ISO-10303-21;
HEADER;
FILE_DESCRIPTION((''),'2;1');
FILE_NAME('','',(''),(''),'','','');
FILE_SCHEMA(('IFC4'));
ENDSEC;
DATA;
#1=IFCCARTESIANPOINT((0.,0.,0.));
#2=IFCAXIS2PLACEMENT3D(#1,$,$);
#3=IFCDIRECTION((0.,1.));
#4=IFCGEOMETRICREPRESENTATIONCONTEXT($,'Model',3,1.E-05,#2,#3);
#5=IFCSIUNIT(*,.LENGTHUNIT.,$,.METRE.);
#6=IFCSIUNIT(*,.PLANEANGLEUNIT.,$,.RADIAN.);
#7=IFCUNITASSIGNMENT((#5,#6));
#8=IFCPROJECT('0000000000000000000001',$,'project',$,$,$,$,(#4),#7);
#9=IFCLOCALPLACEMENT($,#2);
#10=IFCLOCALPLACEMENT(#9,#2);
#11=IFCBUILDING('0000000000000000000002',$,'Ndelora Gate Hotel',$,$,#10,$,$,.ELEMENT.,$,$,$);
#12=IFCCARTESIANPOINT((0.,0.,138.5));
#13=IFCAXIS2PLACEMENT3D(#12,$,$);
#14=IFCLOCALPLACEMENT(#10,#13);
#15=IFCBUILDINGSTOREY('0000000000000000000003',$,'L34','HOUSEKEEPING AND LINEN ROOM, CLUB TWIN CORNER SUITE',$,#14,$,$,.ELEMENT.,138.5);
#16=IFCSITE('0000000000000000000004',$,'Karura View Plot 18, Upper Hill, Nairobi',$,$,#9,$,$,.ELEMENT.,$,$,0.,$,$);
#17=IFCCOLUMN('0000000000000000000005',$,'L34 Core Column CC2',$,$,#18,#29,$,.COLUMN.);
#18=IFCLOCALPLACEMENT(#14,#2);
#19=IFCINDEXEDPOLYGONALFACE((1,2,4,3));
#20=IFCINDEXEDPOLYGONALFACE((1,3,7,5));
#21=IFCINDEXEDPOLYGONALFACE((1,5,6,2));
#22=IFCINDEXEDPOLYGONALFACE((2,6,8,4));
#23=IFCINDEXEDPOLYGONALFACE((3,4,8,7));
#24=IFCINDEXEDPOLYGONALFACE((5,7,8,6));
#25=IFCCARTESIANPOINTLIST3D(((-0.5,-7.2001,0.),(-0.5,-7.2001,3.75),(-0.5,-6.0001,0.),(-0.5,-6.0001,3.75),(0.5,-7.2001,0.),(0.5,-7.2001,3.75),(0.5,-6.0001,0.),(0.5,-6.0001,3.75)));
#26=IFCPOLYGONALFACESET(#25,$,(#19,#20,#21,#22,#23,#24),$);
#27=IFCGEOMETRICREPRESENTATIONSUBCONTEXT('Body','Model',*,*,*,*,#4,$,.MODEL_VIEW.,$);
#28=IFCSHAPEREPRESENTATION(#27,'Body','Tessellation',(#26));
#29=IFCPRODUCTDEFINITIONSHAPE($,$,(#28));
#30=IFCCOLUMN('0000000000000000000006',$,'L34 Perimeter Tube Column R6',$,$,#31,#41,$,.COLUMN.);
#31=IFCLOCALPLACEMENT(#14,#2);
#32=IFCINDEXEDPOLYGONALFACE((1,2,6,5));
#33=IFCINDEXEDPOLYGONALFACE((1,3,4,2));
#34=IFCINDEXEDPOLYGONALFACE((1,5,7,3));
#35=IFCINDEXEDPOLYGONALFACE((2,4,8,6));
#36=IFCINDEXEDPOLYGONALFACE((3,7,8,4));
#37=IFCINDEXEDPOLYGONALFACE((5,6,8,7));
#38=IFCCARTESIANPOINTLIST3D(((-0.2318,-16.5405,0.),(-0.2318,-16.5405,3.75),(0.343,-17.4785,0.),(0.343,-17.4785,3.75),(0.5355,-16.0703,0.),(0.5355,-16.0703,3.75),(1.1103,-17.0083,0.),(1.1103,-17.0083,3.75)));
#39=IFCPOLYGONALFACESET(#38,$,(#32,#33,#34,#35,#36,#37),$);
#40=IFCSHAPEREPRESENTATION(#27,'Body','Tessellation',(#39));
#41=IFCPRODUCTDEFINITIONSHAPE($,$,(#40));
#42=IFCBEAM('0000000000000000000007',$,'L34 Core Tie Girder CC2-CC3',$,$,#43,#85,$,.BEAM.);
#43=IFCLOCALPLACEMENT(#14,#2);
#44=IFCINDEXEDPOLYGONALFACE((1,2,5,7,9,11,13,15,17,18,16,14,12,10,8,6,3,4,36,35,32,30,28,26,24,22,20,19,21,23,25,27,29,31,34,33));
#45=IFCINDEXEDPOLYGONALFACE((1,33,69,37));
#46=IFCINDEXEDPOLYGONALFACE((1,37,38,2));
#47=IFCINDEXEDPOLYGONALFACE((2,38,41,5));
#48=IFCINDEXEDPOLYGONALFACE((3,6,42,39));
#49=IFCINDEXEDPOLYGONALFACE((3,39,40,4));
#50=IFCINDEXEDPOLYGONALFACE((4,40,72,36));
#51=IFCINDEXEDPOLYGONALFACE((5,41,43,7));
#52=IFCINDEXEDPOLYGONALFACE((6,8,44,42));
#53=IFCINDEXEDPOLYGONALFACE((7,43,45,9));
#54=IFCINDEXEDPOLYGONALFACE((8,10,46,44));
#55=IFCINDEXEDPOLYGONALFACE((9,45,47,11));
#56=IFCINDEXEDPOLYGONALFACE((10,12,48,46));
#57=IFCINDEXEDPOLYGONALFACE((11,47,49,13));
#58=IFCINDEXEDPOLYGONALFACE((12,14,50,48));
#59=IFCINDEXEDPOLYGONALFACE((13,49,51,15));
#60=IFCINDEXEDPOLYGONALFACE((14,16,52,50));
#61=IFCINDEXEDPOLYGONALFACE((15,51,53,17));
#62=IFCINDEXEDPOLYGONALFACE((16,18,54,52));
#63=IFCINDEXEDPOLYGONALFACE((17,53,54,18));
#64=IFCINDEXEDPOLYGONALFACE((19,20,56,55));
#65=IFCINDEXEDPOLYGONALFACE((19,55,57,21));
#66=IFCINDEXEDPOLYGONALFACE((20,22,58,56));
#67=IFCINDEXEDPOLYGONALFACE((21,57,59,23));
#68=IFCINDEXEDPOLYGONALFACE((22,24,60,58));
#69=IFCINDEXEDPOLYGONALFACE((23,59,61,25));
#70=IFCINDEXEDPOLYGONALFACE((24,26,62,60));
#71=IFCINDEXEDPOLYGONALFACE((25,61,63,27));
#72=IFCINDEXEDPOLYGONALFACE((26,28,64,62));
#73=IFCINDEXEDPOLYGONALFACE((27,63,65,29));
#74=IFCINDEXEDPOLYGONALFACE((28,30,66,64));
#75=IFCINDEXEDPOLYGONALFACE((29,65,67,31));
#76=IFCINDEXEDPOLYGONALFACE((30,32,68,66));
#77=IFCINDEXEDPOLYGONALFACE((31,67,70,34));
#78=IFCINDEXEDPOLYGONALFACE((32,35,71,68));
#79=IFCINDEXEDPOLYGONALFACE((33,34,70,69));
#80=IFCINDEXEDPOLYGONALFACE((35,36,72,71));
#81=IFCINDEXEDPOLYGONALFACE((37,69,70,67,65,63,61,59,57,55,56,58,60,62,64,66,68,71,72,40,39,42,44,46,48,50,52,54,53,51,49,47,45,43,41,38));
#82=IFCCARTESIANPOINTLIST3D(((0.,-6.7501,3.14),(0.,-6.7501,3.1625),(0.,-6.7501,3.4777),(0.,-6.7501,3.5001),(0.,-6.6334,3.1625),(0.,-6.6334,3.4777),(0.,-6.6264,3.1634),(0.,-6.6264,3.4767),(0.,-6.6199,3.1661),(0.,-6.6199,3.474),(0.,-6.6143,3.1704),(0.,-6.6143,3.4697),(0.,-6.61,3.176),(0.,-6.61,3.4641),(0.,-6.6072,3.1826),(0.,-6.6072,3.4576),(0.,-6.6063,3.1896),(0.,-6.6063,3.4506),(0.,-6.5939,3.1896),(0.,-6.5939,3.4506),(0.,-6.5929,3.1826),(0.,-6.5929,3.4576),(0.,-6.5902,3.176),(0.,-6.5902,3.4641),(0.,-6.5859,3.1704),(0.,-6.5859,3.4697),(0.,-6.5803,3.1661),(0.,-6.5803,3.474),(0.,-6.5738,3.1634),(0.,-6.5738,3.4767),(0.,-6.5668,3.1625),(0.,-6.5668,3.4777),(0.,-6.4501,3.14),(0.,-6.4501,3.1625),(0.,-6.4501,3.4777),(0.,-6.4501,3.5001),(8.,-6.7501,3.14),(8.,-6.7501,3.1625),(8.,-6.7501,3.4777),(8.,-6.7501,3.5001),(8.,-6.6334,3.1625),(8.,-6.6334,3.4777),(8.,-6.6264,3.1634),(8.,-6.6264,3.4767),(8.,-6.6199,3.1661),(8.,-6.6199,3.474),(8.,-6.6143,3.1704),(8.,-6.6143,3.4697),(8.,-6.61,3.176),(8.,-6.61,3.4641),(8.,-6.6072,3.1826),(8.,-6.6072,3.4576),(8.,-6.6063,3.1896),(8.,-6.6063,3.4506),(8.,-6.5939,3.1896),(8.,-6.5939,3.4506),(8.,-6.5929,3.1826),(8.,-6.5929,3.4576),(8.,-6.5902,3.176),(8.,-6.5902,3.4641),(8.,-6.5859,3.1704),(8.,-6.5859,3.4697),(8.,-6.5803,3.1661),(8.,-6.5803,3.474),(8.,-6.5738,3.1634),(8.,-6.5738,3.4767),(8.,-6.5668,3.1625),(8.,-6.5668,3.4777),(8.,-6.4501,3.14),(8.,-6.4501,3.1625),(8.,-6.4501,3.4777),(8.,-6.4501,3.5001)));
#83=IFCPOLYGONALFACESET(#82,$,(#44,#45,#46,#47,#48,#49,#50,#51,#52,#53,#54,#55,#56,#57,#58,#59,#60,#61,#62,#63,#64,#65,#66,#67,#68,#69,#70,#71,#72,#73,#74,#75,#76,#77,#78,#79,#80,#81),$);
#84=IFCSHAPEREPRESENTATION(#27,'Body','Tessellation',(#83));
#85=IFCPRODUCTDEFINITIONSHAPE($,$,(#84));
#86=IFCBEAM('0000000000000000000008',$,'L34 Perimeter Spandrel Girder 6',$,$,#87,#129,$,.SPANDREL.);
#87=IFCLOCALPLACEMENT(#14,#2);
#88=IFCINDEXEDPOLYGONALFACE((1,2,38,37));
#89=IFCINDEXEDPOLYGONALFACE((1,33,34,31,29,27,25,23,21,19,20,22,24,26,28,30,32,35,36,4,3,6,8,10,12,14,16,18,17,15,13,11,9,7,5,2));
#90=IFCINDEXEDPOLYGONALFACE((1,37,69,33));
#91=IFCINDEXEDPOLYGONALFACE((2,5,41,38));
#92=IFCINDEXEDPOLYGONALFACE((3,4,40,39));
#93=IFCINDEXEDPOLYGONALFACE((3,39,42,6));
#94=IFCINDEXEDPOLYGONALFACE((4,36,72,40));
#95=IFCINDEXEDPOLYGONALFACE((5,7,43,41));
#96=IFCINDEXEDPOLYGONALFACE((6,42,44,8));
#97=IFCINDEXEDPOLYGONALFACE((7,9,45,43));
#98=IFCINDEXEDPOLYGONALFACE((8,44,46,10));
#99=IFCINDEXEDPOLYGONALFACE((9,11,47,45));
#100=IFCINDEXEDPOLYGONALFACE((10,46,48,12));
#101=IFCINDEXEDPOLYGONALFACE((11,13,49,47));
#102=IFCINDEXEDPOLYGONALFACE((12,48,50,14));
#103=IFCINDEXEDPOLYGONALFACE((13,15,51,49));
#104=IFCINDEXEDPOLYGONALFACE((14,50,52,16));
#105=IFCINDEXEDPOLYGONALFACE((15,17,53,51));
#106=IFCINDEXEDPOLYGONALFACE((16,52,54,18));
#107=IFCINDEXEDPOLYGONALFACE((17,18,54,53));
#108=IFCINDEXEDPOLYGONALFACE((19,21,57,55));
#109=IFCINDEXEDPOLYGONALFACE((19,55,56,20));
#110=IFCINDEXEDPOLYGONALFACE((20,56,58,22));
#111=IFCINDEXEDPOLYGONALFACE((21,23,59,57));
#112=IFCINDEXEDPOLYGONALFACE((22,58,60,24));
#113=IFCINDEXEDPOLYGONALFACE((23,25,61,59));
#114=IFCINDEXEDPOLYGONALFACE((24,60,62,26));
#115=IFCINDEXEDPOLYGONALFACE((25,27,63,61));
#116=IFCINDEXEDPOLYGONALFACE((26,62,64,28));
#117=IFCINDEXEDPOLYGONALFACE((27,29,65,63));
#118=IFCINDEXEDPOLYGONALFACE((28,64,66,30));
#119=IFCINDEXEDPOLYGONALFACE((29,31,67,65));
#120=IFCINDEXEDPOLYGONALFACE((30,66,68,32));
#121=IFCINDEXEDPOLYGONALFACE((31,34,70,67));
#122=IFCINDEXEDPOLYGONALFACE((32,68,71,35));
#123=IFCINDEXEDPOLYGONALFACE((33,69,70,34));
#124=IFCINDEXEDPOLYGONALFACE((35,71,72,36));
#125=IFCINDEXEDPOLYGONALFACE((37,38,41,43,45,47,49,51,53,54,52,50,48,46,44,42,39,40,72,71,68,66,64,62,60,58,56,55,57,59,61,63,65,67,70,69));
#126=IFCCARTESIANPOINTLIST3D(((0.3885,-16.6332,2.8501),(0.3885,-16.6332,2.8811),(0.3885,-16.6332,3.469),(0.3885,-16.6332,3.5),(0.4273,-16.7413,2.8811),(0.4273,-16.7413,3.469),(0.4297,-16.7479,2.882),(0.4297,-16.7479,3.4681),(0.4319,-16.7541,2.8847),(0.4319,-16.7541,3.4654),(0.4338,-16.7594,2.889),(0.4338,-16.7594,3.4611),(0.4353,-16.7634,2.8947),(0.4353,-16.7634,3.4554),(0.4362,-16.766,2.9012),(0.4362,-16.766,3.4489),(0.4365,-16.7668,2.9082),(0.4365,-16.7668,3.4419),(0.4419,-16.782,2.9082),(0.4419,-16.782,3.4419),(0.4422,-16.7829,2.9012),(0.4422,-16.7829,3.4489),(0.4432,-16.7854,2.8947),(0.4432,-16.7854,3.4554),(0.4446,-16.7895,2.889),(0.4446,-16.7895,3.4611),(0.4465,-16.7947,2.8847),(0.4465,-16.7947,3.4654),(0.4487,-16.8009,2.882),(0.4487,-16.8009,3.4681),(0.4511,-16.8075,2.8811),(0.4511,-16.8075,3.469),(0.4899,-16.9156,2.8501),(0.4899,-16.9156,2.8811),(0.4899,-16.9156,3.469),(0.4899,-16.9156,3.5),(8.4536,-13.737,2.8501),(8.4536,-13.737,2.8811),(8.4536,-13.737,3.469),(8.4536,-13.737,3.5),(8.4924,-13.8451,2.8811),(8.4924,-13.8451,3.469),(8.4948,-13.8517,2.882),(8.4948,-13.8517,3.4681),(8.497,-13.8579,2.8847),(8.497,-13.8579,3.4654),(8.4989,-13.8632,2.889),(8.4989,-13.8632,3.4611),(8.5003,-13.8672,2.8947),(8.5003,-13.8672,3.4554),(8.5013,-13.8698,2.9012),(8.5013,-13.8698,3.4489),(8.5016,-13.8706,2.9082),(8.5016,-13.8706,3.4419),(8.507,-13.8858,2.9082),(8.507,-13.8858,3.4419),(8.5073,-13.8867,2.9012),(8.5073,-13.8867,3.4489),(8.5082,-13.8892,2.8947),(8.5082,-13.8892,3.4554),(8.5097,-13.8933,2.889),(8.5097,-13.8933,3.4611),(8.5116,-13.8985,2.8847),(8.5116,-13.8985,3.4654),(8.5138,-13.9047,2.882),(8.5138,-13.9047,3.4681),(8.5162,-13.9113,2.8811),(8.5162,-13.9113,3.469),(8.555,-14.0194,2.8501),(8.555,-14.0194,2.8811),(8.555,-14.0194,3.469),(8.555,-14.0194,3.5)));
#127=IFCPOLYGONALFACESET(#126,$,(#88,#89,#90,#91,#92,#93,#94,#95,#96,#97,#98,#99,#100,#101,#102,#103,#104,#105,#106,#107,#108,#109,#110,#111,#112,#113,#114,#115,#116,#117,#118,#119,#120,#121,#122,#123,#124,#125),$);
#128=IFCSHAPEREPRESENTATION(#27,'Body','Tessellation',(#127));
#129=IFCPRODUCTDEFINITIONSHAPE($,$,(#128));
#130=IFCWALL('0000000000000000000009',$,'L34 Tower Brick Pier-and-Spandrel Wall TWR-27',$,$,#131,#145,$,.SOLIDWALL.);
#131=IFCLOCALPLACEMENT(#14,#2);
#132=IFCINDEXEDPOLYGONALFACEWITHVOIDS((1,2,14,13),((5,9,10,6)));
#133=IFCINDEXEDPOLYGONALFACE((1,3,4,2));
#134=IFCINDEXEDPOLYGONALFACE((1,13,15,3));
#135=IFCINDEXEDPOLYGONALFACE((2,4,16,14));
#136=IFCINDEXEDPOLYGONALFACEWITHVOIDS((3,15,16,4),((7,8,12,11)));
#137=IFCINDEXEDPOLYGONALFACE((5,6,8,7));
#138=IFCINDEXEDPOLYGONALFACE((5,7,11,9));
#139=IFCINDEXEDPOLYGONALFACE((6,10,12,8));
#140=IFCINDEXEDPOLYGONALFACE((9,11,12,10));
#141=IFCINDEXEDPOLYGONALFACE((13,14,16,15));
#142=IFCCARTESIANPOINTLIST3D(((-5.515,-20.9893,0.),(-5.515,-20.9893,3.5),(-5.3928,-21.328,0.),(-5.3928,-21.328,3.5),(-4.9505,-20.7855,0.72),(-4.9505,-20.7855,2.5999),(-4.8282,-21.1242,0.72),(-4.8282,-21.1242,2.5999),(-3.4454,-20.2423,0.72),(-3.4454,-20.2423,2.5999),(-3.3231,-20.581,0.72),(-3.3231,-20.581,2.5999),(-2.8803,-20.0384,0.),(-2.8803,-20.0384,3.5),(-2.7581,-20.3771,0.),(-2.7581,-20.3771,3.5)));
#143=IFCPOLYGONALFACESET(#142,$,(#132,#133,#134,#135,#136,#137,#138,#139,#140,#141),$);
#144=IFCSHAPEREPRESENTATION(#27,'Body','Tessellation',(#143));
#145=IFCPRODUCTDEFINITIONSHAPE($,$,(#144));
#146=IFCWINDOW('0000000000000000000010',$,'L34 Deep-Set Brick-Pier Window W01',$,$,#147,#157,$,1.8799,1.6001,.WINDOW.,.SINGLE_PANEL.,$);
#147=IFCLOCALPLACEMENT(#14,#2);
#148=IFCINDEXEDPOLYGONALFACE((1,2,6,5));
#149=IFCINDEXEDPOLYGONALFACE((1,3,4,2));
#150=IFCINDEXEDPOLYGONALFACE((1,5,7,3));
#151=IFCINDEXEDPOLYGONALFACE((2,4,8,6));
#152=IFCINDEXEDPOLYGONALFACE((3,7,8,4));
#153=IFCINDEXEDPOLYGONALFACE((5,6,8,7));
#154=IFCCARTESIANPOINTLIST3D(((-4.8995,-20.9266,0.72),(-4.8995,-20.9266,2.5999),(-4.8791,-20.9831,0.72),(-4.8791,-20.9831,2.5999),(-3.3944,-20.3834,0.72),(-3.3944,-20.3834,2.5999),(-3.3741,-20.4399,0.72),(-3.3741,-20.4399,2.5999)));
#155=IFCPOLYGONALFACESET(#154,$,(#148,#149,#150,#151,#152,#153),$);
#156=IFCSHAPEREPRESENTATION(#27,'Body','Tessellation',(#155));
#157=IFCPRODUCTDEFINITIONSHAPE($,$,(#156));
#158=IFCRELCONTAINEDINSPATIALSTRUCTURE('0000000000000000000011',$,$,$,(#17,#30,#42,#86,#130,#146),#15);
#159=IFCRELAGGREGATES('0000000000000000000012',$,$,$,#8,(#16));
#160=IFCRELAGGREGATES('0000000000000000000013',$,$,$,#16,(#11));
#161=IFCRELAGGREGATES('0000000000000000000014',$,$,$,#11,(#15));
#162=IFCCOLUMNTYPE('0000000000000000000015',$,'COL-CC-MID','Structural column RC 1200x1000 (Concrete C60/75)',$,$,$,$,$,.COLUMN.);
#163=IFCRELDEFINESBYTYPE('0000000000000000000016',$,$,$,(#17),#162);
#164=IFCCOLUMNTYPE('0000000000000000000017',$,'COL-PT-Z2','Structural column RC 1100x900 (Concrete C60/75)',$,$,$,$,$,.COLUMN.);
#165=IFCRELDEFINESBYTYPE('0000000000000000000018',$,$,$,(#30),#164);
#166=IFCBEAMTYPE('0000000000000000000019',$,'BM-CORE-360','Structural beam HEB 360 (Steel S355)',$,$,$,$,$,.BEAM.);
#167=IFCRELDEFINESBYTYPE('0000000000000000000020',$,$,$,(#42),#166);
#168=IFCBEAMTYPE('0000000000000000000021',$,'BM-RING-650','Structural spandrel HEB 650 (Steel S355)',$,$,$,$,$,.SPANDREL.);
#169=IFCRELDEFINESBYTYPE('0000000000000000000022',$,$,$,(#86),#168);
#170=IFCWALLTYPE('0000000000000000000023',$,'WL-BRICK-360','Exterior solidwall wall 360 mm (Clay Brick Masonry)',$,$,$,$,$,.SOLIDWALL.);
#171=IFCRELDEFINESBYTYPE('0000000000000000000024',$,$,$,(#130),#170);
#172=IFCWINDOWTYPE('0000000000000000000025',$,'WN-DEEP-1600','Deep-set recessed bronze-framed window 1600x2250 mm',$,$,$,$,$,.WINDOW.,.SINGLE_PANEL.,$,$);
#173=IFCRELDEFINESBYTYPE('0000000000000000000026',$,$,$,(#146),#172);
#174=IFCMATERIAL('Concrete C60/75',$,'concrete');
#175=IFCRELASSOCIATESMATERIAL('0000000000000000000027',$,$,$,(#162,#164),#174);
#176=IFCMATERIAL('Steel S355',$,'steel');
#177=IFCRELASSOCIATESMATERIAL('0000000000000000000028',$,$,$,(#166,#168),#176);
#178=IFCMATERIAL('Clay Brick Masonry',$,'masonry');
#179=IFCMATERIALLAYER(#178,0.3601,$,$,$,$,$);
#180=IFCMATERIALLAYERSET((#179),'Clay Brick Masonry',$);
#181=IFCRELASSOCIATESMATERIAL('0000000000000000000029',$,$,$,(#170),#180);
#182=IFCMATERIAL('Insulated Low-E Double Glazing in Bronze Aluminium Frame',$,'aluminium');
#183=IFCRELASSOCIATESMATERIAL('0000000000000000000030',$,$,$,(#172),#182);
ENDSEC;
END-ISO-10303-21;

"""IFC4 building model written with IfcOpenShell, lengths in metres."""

from ifc_helpers import new_model, si_unit, direction, frame, frame_2d, origin, origin_2d, place, context, subcontext, project, spatial, rectangle, i_section, extrude, material, layer, layer_set, material_profile, profile_set, type_object, element, fill, save


model = new_model("IFC4")

# Units and contexts
model_context = context("Model", 3, precision=1e-05, world=origin(), true_north=direction((0.0, 1.0)))
body_context = subcontext(model_context, "Body", "Model", "MODEL_VIEW")
ifc_project = project(units=[si_unit("LENGTHUNIT", "METRE"), si_unit("PLANEANGLEUNIT", "RADIAN")], contexts=[model_context])

# Site, building, storey
site_placement = place(None, origin())
site = spatial("IfcSite", under=ifc_project, at=site_placement, Name="Karura View Plot 18, Upper Hill, Nairobi", CompositionType="ELEMENT", RefElevation=0.0)
building_placement = place(site_placement, origin())
building = spatial("IfcBuilding", under=site, at=building_placement, Name="Ndelora Gate Hotel", CompositionType="ELEMENT")
storey_placement = place(building_placement, frame((0.0, 0.0, 138.5)))
storey = spatial("IfcBuildingStorey", under=building, at=storey_placement, Name="L34", Description="HOUSEKEEPING AND LINEN ROOM, CLUB TWIN CORNER SUITE", CompositionType="ELEMENT", Elevation=138.5)

# Columns
ifc_material_1 = material(Name="Concrete C60/75", Category="concrete")
ifc_material_profile_1 = material_profile(ifc_material_1, rectangle(XDim=1.0, YDim=1.2, at=origin_2d()), Name="RC 1200x1000")
ifc_profile_set_1 = profile_set([ifc_material_profile_1], Name="Concrete C60/75")
column_type_1 = type_object("IfcColumnType", Name="COL-CC-MID", Description="Structural column RC 1200x1000 (Concrete C60/75)", PredefinedType="COLUMN", material=ifc_profile_set_1)
column_1_placement = place(storey_placement, frame((0.0, -6.6001, 0.0), z_axis=(0.0, 0.0, 1.0), x_axis=(1.0, 0.0, 0.0)))
element("IfcColumn", 1, at=column_1_placement, inside=storey, type_object=column_type_1, Name="L34 Core Column CC2", PredefinedType="COLUMN", context=body_context, shape_type="SweptSolid", body=[
    extrude(rectangle(XDim=1.0, YDim=1.2, at=origin_2d()), origin(), (0.0, 0.0, 1.0), 3.75),
])
ifc_material_profile_2 = material_profile(ifc_material_1, rectangle(XDim=0.8999, YDim=1.1001, at=origin_2d()), Name="RC 1100x900")
ifc_profile_set_2 = profile_set([ifc_material_profile_2], Name="Concrete C60/75")
column_type_2 = type_object("IfcColumnType", Name="COL-PT-Z2", Description="Structural column RC 1100x900 (Concrete C60/75)", PredefinedType="COLUMN", material=ifc_profile_set_2)
column_2_placement = place(storey_placement, frame((0.4392, -16.7744, 0.0), z_axis=(0.0, 0.0, 1.0), x_axis=(0.85264, 0.522499, 0.0)))
element("IfcColumn", 2, at=column_2_placement, inside=storey, type_object=column_type_2, Name="L34 Perimeter Tube Column R6", PredefinedType="COLUMN", context=body_context, shape_type="SweptSolid", body=[
    extrude(rectangle(XDim=0.8999, YDim=1.1001, at=origin_2d()), origin(), (0.0, 0.0, 1.0), 3.75),
])

# Beams
ifc_material_2 = material(Name="Steel S355", Category="steel")
ifc_material_profile_3 = material_profile(ifc_material_2, i_section(OverallWidth=0.3, OverallDepth=0.3601, WebThickness=0.0125, FlangeThickness=0.0225, FilletRadius=0.0271, at=origin_2d()), Name="HEB 360")
ifc_profile_set_3 = profile_set([ifc_material_profile_3], Name="Steel S355")
beam_type_1 = type_object("IfcBeamType", Name="BM-CORE-360", Description="Structural beam HEB 360 (Steel S355)", PredefinedType="BEAM", material=ifc_profile_set_3)
beam_1_placement = place(storey_placement, frame((0.0, -6.6001, 3.3201), z_axis=(1.0, 0.0, 0.0), x_axis=(0.0, 1.0, 0.0)))
element("IfcBeam", 3, at=beam_1_placement, inside=storey, type_object=beam_type_1, Name="L34 Core Tie Girder CC2-CC3", PredefinedType="BEAM", context=body_context, shape_type="SweptSolid", body=[
    extrude(i_section(OverallWidth=0.3, OverallDepth=0.3601, WebThickness=0.0125, FlangeThickness=0.0225, FilletRadius=0.0271, at=origin_2d()), origin(), (0.0, 0.0, 1.0), 8.0),
])
ifc_material_profile_4 = material_profile(ifc_material_2, i_section(OverallWidth=0.3, OverallDepth=0.6499, WebThickness=0.0161, FlangeThickness=0.031, FilletRadius=0.0271, at=origin_2d()), Name="HEB 650")
ifc_profile_set_4 = profile_set([ifc_material_profile_4], Name="Steel S355")
beam_type_2 = type_object("IfcBeamType", Name="BM-RING-650", Description="Structural spandrel HEB 650 (Steel S355)", PredefinedType="SPANDREL", material=ifc_profile_set_4)
beam_2_placement = place(storey_placement, frame((0.4392, -16.7744, 3.175), z_axis=(0.941156, 0.337973, 0.0), x_axis=(-0.337973, 0.941156, 0.0)))
element("IfcBeam", 4, at=beam_2_placement, inside=storey, type_object=beam_type_2, Name="L34 Perimeter Spandrel Girder 6", PredefinedType="SPANDREL", context=body_context, shape_type="SweptSolid", body=[
    extrude(i_section(OverallWidth=0.3, OverallDepth=0.6499, WebThickness=0.0161, FlangeThickness=0.031, FilletRadius=0.0271, at=origin_2d()), origin(), (0.0, 0.0, 1.0), 8.5693),
])

# Wall, opening, window
ifc_material_3 = material(Name="Clay Brick Masonry", Category="masonry")
ifc_layer_1 = layer(ifc_material_3, 0.3601)
ifc_layer_set_1 = layer_set([ifc_layer_1], Name="Clay Brick Masonry")
wall_type_1 = type_object("IfcWallType", Name="WL-BRICK-360", Description="Exterior solidwall wall 360 mm (Clay Brick Masonry)", PredefinedType="SOLIDWALL", material=ifc_layer_set_1)
wall_1_placement = place(storey_placement, frame((-2.8193, -20.2078, 0.0), z_axis=(0.0, 0.0, 1.0), x_axis=(-0.940613, -0.339482, 0.0)))
wall_1 = element("IfcWall", 5, at=wall_1_placement, inside=storey, type_object=wall_type_1, Name="L34 Tower Brick Pier-and-Spandrel Wall TWR-27", PredefinedType="SOLIDWALL", context=body_context, shape_type="SweptSolid", body=[
    extrude(rectangle(XDim=2.801, YDim=0.3601, at=frame_2d((1.4004, 0.0))), origin(), (0.0, 0.0, 1.0), 3.5),
])
opening_1_placement = place(wall_1_placement, frame((0.6006, 0.0, 0.72)))
opening_1 = element("IfcOpeningElement", 6, at=opening_1_placement, cuts=wall_1, PredefinedType="OPENING", context=body_context, shape_type="SweptSolid", body=[
    extrude(rectangle(XDim=1.6001, YDim=1.8799, at=frame_2d((0.8, 0.9399))), frame((0.0, 0.1899, 0.0), z_axis=(0.0, -1.0, 0.0), x_axis=(1.0, 0.0, 0.0)), (0.0, 0.0, 1.0), 0.3801),
])
ifc_material_4 = material(Name="Insulated Low-E Double Glazing in Bronze Aluminium Frame", Category="aluminium")
window_type_1 = type_object("IfcWindowType", Name="WN-DEEP-1600", Description="Deep-set recessed bronze-framed window 1600x2250 mm", PartitioningType="SINGLE_PANEL", PredefinedType="WINDOW", material=ifc_material_4)
window_1_placement = place(opening_1_placement, origin())
window_1 = element("IfcWindow", 7, at=window_1_placement, inside=storey, type_object=window_type_1, Name="L34 Deep-Set Brick-Pier Window W01", OverallHeight=1.8799, OverallWidth=1.6001, PartitioningType="SINGLE_PANEL", PredefinedType="WINDOW", context=body_context, shape_type="SweptSolid", body=[
    extrude(rectangle(XDim=1.6001, YDim=1.8799, at=frame_2d((0.8, 0.9399))), frame((0.0, 0.03, 0.0), z_axis=(0.0, -1.0, 0.0), x_axis=(1.0, 0.0, 0.0)), (0.0, 0.0, 1.0), 0.0601),
])
fill(opening_1, window_1)

save(model, "model.ifc")
